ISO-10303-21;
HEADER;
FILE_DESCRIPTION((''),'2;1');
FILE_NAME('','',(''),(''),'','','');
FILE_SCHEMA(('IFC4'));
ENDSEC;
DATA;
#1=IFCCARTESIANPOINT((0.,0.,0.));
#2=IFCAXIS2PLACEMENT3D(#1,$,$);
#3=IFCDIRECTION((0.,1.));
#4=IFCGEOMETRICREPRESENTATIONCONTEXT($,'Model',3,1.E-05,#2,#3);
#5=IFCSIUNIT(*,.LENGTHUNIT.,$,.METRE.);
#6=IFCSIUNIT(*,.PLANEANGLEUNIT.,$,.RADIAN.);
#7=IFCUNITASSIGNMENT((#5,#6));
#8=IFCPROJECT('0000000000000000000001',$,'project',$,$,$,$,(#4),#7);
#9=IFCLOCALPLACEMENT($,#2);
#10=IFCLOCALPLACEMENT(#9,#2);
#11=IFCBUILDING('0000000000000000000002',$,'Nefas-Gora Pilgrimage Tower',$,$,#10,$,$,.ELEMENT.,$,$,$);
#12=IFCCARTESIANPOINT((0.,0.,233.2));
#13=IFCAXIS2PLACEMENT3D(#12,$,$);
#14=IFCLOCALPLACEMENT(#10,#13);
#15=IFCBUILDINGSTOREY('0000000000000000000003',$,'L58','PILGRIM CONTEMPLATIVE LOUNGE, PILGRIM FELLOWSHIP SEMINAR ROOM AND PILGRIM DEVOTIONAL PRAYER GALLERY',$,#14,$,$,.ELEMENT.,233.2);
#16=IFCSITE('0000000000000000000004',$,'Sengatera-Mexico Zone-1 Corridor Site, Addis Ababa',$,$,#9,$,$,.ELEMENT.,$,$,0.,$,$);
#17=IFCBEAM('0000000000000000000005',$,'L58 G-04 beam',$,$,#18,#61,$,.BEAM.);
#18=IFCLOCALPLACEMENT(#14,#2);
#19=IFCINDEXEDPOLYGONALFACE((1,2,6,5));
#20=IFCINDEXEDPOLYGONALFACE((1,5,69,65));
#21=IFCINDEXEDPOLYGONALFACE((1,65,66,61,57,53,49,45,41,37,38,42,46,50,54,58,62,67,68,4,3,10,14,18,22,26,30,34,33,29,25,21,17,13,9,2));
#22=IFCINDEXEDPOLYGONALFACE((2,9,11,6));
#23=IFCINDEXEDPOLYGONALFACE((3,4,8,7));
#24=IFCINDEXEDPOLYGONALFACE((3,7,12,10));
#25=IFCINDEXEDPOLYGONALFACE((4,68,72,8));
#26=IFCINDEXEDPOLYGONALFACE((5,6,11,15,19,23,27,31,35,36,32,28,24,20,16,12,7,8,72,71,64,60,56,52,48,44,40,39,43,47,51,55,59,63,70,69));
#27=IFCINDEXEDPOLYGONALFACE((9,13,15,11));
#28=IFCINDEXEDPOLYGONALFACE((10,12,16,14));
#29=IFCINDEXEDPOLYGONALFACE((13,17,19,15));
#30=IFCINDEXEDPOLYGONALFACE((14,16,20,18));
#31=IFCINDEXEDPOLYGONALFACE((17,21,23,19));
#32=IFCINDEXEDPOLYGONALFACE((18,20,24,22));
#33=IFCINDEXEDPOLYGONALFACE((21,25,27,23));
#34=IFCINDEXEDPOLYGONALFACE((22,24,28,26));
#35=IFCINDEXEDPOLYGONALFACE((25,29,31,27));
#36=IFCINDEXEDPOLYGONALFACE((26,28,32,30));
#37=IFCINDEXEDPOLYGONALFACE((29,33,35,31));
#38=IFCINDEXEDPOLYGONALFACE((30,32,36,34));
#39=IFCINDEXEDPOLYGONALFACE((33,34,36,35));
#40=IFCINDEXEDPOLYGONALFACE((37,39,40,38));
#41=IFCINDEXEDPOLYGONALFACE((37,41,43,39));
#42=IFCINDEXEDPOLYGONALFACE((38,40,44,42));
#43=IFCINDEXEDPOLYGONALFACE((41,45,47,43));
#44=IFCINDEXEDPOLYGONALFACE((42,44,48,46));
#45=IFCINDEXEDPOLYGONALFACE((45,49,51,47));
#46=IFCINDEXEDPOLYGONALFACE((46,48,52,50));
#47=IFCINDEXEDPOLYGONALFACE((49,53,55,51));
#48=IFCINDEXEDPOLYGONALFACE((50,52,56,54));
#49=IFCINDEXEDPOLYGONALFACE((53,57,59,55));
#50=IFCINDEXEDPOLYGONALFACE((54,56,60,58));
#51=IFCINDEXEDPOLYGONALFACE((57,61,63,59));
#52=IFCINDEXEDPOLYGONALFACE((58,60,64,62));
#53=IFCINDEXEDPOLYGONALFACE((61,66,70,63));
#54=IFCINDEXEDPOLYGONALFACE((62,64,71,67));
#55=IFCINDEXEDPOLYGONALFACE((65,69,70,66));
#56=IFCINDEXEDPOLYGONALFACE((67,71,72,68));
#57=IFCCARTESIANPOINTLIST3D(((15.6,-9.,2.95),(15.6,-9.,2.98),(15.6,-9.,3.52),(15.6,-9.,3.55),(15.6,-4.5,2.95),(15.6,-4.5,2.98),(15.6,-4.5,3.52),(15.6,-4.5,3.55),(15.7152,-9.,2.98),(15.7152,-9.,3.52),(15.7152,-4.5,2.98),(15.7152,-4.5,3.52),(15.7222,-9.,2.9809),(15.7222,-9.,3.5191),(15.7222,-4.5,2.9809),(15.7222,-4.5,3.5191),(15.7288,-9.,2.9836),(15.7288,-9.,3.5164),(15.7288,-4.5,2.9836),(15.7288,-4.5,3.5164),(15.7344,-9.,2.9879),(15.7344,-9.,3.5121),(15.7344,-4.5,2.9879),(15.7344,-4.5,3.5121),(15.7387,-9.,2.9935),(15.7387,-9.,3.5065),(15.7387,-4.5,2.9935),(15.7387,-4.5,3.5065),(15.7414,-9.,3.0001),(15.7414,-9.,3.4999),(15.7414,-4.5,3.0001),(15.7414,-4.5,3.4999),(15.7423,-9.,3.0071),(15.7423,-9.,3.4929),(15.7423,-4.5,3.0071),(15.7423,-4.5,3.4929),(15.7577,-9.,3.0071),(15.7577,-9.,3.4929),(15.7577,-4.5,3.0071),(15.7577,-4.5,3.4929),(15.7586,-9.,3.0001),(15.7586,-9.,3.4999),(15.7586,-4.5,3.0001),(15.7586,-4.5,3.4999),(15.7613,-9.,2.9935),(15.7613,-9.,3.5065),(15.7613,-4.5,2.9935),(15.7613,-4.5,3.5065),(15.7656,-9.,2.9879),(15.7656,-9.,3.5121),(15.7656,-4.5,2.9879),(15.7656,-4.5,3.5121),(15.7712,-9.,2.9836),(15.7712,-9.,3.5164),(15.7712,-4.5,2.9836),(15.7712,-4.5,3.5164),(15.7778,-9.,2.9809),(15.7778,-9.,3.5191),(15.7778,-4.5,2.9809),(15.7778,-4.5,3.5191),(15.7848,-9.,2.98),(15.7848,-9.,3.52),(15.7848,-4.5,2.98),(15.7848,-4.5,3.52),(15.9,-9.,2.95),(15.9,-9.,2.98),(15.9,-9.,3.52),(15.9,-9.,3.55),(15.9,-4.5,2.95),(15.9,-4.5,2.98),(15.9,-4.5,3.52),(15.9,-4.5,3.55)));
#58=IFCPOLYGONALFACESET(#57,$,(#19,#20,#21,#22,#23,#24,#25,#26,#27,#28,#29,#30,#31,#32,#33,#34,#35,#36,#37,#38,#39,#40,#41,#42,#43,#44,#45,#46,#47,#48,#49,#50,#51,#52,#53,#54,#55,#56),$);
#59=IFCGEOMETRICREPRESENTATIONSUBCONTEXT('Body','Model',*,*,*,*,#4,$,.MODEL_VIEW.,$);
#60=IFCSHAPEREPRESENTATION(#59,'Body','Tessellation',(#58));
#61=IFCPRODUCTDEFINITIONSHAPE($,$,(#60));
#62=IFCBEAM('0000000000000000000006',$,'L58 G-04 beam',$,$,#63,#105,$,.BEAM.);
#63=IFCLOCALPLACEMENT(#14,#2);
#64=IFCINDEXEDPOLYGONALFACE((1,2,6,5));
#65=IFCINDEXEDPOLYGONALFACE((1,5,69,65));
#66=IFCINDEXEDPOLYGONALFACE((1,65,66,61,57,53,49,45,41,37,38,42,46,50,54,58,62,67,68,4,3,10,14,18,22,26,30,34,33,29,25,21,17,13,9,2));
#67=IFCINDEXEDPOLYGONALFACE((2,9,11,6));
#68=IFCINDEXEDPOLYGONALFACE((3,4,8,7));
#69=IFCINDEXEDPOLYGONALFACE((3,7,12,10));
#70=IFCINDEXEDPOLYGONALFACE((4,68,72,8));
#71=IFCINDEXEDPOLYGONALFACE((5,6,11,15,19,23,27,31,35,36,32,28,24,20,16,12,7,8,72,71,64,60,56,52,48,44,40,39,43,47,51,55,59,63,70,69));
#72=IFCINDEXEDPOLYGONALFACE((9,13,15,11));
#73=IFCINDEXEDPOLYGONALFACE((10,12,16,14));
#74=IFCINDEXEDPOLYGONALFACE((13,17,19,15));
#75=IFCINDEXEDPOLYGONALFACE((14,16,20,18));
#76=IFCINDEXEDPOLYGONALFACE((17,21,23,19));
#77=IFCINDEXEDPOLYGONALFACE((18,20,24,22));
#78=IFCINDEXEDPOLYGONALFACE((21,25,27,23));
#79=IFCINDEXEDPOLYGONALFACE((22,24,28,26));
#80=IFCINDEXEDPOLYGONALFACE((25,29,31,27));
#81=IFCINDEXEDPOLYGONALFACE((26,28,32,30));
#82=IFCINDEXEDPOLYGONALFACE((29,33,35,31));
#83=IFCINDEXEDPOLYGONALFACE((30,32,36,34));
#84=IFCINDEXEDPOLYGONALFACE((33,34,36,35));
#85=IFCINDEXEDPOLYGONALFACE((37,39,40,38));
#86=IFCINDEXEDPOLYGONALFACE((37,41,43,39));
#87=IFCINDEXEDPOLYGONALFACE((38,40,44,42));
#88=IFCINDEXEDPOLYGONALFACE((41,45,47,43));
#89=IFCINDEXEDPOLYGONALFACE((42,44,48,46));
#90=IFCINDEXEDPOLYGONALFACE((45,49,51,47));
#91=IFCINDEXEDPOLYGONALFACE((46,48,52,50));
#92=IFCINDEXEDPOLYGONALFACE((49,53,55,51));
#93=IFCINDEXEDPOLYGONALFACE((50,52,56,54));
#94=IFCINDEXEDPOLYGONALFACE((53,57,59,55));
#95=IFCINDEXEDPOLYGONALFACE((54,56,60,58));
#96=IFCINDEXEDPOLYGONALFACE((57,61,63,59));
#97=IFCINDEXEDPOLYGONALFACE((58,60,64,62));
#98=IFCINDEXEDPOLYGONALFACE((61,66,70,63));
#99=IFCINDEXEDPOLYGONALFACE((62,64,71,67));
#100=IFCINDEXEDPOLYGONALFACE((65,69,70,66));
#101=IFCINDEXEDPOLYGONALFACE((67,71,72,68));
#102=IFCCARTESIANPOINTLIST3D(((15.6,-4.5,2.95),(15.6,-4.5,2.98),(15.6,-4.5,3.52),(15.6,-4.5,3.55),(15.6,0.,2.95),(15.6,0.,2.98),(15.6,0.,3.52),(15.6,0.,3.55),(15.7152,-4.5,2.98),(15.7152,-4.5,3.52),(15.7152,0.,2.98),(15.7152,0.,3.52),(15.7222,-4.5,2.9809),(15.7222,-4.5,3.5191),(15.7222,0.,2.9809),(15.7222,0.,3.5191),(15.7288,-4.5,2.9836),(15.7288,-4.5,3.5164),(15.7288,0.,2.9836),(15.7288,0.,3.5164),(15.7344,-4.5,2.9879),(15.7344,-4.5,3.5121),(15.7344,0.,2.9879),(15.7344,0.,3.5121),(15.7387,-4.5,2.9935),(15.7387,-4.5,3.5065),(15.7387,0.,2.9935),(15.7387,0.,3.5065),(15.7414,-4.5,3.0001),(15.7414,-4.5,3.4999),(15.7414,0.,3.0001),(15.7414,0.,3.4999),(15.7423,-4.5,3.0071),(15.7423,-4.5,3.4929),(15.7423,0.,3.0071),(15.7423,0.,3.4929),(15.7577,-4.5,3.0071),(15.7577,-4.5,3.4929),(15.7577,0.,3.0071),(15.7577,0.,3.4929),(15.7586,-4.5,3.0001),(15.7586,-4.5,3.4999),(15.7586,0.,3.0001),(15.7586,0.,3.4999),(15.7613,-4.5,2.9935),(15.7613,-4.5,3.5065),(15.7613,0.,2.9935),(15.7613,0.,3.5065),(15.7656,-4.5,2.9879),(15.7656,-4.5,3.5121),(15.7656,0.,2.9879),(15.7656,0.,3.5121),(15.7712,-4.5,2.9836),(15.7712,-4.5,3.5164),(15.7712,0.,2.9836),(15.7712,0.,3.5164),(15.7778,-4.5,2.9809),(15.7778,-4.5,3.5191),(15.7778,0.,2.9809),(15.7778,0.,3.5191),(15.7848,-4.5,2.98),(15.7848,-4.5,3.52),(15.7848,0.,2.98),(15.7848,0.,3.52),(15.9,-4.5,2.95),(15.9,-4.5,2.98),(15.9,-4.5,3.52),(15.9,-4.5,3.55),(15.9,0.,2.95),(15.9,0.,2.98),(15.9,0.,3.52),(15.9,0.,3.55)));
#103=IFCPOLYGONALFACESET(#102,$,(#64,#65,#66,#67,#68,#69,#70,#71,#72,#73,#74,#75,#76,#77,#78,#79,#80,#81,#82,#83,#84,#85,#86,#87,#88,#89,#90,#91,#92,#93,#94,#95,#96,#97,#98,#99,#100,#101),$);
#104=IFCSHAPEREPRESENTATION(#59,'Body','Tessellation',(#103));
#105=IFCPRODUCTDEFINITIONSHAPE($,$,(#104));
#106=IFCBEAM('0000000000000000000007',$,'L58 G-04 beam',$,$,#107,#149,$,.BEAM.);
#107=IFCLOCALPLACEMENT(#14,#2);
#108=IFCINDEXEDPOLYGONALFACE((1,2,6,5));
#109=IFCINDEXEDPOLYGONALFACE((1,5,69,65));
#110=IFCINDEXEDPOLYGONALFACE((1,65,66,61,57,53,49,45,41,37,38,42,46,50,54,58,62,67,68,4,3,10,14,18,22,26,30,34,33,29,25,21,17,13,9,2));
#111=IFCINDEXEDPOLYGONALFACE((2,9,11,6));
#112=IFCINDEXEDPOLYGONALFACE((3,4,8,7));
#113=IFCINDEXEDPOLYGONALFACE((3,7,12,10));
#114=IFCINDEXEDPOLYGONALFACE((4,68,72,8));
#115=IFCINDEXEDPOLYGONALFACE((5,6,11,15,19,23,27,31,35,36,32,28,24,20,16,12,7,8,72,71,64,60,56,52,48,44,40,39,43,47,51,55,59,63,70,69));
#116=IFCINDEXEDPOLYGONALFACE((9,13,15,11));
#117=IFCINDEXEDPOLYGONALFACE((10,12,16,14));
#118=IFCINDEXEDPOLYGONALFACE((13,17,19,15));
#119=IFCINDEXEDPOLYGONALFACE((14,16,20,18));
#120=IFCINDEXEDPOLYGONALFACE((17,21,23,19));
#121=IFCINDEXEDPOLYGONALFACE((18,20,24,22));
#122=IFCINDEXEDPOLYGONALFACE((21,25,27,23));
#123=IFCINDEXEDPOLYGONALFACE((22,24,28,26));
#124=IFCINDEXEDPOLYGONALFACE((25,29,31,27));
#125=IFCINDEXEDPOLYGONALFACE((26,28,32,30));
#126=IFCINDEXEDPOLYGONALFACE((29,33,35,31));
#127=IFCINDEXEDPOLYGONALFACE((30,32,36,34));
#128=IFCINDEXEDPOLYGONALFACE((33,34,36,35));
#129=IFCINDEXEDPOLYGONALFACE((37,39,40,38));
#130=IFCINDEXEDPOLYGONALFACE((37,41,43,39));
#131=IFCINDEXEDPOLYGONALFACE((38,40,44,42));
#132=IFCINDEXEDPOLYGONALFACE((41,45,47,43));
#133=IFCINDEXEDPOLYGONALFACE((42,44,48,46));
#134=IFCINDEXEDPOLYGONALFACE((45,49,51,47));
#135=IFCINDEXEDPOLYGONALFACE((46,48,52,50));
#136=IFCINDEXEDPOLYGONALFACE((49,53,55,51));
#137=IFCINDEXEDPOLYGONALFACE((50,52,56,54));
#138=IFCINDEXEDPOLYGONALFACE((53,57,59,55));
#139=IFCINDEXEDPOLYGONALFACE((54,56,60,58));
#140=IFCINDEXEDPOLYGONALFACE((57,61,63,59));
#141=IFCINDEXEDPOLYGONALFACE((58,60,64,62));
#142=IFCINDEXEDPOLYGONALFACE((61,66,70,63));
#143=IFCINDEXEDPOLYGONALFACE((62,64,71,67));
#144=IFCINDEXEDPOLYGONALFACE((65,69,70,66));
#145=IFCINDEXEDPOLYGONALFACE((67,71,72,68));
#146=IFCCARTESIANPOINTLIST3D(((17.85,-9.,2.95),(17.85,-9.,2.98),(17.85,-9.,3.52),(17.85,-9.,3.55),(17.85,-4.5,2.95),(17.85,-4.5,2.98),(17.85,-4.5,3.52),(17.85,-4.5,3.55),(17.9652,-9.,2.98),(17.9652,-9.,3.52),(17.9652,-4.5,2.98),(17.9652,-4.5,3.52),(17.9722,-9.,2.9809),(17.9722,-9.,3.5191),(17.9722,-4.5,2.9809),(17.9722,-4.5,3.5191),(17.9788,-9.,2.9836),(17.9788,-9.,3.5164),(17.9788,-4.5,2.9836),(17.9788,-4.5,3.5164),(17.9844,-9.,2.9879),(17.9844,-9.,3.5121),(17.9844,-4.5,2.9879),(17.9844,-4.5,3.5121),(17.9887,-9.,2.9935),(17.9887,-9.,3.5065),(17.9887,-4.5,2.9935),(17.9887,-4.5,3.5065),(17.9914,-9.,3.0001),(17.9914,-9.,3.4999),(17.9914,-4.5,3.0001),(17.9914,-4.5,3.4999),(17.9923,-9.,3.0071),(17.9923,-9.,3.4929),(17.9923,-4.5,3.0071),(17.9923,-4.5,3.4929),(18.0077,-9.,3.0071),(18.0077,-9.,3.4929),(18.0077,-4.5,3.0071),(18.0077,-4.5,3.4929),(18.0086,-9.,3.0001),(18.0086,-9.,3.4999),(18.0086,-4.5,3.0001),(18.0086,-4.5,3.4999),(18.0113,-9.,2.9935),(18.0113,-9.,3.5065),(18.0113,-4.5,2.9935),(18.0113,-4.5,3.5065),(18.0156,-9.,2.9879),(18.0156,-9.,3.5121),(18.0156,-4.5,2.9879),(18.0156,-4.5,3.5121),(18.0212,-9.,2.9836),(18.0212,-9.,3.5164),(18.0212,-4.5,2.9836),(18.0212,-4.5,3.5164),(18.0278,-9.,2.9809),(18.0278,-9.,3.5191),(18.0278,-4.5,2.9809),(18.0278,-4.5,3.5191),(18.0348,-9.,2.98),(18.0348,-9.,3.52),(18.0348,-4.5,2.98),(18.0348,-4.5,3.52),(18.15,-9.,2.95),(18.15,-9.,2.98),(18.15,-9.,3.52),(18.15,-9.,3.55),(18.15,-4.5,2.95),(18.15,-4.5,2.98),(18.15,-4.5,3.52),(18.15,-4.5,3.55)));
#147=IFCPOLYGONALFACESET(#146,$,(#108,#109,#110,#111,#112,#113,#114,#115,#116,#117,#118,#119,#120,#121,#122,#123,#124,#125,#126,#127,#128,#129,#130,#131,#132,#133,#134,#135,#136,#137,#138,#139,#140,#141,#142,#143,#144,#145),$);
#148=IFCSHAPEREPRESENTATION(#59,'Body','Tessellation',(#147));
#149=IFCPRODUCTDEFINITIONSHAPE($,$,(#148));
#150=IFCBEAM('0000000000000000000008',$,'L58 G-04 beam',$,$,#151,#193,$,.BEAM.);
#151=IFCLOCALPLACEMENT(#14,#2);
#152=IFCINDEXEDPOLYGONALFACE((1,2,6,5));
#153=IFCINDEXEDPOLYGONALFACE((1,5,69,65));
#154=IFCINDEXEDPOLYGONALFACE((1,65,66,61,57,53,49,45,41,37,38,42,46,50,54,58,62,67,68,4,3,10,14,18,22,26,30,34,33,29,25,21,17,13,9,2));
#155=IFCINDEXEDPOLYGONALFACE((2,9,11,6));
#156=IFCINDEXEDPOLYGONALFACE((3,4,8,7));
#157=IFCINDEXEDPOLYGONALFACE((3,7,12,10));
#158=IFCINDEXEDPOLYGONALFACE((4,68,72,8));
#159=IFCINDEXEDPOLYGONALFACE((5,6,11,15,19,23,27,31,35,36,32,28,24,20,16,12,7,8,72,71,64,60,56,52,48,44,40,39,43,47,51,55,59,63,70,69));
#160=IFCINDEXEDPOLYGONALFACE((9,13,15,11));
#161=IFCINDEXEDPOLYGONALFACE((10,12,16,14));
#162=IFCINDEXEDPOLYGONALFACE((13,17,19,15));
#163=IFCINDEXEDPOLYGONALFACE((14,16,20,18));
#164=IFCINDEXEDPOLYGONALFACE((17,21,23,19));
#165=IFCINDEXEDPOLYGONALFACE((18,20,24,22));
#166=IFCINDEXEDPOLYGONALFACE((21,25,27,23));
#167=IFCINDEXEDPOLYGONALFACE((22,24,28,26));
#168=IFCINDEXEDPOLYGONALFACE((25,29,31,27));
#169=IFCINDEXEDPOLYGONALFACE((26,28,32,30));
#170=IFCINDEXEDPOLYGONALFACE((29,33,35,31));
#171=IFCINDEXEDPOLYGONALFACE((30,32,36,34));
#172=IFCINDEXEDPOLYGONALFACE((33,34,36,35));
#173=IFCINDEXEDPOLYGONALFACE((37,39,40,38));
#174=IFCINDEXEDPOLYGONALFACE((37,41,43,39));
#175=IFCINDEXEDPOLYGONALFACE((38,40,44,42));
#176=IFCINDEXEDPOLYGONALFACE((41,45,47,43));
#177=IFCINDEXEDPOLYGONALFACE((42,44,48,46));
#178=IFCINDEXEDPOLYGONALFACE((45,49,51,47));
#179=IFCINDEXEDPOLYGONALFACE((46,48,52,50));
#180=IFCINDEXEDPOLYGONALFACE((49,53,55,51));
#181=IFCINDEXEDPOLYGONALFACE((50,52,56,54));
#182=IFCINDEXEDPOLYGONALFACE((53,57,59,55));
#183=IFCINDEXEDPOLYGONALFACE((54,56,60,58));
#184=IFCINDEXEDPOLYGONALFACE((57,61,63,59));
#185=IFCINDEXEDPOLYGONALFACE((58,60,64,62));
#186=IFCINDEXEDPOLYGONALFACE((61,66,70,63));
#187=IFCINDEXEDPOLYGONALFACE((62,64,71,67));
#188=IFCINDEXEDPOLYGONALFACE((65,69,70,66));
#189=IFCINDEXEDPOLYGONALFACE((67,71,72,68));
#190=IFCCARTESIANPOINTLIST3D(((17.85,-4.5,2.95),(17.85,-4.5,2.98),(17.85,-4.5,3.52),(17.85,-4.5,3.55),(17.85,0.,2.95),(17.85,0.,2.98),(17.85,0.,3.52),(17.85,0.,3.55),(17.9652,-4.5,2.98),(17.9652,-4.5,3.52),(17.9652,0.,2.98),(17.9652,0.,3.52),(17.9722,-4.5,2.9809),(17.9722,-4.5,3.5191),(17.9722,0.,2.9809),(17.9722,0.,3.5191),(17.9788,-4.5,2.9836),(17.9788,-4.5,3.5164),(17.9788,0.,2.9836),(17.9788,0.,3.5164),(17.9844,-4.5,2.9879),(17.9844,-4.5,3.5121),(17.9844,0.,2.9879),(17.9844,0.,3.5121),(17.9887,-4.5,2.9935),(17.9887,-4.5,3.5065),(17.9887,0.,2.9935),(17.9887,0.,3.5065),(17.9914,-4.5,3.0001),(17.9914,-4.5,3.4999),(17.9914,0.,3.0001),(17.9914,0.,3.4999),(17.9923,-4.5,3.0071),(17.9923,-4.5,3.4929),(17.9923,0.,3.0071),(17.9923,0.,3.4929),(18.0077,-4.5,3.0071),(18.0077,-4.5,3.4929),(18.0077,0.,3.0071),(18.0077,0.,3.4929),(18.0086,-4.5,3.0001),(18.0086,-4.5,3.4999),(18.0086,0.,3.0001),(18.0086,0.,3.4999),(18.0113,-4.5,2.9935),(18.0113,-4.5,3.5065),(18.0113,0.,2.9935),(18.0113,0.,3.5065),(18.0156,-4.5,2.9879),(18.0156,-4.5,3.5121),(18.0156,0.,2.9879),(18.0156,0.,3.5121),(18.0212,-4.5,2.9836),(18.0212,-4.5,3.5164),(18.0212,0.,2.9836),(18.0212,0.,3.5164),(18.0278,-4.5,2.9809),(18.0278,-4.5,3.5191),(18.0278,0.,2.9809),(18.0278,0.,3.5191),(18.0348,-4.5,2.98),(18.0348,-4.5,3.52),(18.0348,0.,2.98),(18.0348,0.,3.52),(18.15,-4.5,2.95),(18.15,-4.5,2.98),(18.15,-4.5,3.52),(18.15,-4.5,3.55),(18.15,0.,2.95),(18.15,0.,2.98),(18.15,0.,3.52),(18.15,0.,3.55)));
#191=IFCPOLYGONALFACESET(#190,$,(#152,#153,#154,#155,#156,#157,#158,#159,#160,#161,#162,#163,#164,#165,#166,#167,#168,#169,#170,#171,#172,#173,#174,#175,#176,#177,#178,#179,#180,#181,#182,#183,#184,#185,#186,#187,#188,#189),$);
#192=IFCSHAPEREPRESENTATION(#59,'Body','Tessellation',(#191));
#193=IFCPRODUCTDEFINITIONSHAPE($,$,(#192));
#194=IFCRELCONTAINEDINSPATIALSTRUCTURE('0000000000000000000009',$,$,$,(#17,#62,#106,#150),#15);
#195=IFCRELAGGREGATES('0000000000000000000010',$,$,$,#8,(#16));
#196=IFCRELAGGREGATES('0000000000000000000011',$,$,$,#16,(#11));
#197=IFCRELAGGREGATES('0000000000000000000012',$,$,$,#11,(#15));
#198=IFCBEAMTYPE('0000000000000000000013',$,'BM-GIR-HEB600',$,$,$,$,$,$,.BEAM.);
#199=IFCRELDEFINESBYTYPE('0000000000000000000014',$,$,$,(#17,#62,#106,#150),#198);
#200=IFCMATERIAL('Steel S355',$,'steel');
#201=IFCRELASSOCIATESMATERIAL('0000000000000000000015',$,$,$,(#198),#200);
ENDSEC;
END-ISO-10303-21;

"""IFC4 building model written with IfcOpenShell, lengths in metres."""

from ifc_helpers import new_model, si_unit, direction, frame, origin, origin_2d, place, context, subcontext, project, spatial, i_section, extrude, source, transform, mapped, material, material_profile, profile_set, type_object, element, save


model = new_model("IFC4")

# Units and contexts
model_context = context("Model", 3, precision=1e-05, world=origin(), true_north=direction((0.0, 1.0)))
body_context = subcontext(model_context, "Body", "Model", "MODEL_VIEW")
ifc_project = project(units=[si_unit("LENGTHUNIT", "METRE"), si_unit("PLANEANGLEUNIT", "RADIAN")], contexts=[model_context])

# Site, building, storey
site_placement = place(None, origin())
site = spatial("IfcSite", under=ifc_project, at=site_placement, Name="Sengatera-Mexico Zone-1 Corridor Site, Addis Ababa", CompositionType="ELEMENT", RefElevation=0.0)
building_placement = place(site_placement, origin())
building = spatial("IfcBuilding", under=site, at=building_placement, Name="Nefas-Gora Pilgrimage Tower", CompositionType="ELEMENT")
storey_placement = place(building_placement, frame((0.0, 0.0, 233.2)))
storey = spatial("IfcBuildingStorey", under=building, at=storey_placement, Name="L58", Description="PILGRIM CONTEMPLATIVE LOUNGE, PILGRIM FELLOWSHIP SEMINAR ROOM AND PILGRIM DEVOTIONAL PRAYER GALLERY", CompositionType="ELEMENT", Elevation=233.2)

# Beams
ifc_material_1 = material(Name="Steel S355", Category="steel")
ifc_material_profile_1 = material_profile(ifc_material_1, i_section(OverallWidth=0.3, OverallDepth=0.6001, WebThickness=0.0154, FlangeThickness=0.03, FilletRadius=0.0271, at=origin_2d()), Name="HEB 600")
ifc_profile_set_1 = profile_set([ifc_material_profile_1], Name="Steel S355")
beam_type_1 = type_object("IfcBeamType", Name="BM-GIR-HEB600", PredefinedType="BEAM", material=ifc_profile_set_1)
shared_shape_1 = source(origin(), body_context, "Body", "SweptSolid", [
    extrude(i_section(OverallWidth=0.3, OverallDepth=0.6001, WebThickness=0.0154, FlangeThickness=0.03, FilletRadius=0.0271, at=origin_2d()), origin(), (0.0, 0.0, 1.0), 4.5),
])
for number, where, z_axis, x_axis, name in (
    (1, (15.75, -9.0, 3.25), (0.0, 1.0, 0.0), (-1.0, 0.0, 0.0), "L58 G-04 beam"),
    (2, (15.75, -4.5, 3.25), (0.0, 1.0, 0.0), (-1.0, 0.0, 0.0), "L58 G-04 beam"),
    (3, (18.0, -9.0, 3.25), (0.0, 1.0, 0.0), (-1.0, 0.0, 0.0), "L58 G-04 beam"),
    (4, (18.0, -4.5, 3.25), (0.0, 1.0, 0.0), (-1.0, 0.0, 0.0), "L58 G-04 beam"),
):
    element("IfcBeam", number, at=place(storey_placement, frame(where, z_axis=z_axis, x_axis=x_axis)), inside=storey, type_object=beam_type_1, Name=name, PredefinedType="BEAM", context=body_context, shape_type="MappedRepresentation", body=[
        mapped(shared_shape_1, transform((0.0, 0.0, 0.0), x_axis=(1.0, 0.0, 0.0), y_axis=(0.0, 1.0, 0.0), z_axis=(0.0, 0.0, 1.0), scale=1.0)),
    ])

save(model, "model.ifc")
